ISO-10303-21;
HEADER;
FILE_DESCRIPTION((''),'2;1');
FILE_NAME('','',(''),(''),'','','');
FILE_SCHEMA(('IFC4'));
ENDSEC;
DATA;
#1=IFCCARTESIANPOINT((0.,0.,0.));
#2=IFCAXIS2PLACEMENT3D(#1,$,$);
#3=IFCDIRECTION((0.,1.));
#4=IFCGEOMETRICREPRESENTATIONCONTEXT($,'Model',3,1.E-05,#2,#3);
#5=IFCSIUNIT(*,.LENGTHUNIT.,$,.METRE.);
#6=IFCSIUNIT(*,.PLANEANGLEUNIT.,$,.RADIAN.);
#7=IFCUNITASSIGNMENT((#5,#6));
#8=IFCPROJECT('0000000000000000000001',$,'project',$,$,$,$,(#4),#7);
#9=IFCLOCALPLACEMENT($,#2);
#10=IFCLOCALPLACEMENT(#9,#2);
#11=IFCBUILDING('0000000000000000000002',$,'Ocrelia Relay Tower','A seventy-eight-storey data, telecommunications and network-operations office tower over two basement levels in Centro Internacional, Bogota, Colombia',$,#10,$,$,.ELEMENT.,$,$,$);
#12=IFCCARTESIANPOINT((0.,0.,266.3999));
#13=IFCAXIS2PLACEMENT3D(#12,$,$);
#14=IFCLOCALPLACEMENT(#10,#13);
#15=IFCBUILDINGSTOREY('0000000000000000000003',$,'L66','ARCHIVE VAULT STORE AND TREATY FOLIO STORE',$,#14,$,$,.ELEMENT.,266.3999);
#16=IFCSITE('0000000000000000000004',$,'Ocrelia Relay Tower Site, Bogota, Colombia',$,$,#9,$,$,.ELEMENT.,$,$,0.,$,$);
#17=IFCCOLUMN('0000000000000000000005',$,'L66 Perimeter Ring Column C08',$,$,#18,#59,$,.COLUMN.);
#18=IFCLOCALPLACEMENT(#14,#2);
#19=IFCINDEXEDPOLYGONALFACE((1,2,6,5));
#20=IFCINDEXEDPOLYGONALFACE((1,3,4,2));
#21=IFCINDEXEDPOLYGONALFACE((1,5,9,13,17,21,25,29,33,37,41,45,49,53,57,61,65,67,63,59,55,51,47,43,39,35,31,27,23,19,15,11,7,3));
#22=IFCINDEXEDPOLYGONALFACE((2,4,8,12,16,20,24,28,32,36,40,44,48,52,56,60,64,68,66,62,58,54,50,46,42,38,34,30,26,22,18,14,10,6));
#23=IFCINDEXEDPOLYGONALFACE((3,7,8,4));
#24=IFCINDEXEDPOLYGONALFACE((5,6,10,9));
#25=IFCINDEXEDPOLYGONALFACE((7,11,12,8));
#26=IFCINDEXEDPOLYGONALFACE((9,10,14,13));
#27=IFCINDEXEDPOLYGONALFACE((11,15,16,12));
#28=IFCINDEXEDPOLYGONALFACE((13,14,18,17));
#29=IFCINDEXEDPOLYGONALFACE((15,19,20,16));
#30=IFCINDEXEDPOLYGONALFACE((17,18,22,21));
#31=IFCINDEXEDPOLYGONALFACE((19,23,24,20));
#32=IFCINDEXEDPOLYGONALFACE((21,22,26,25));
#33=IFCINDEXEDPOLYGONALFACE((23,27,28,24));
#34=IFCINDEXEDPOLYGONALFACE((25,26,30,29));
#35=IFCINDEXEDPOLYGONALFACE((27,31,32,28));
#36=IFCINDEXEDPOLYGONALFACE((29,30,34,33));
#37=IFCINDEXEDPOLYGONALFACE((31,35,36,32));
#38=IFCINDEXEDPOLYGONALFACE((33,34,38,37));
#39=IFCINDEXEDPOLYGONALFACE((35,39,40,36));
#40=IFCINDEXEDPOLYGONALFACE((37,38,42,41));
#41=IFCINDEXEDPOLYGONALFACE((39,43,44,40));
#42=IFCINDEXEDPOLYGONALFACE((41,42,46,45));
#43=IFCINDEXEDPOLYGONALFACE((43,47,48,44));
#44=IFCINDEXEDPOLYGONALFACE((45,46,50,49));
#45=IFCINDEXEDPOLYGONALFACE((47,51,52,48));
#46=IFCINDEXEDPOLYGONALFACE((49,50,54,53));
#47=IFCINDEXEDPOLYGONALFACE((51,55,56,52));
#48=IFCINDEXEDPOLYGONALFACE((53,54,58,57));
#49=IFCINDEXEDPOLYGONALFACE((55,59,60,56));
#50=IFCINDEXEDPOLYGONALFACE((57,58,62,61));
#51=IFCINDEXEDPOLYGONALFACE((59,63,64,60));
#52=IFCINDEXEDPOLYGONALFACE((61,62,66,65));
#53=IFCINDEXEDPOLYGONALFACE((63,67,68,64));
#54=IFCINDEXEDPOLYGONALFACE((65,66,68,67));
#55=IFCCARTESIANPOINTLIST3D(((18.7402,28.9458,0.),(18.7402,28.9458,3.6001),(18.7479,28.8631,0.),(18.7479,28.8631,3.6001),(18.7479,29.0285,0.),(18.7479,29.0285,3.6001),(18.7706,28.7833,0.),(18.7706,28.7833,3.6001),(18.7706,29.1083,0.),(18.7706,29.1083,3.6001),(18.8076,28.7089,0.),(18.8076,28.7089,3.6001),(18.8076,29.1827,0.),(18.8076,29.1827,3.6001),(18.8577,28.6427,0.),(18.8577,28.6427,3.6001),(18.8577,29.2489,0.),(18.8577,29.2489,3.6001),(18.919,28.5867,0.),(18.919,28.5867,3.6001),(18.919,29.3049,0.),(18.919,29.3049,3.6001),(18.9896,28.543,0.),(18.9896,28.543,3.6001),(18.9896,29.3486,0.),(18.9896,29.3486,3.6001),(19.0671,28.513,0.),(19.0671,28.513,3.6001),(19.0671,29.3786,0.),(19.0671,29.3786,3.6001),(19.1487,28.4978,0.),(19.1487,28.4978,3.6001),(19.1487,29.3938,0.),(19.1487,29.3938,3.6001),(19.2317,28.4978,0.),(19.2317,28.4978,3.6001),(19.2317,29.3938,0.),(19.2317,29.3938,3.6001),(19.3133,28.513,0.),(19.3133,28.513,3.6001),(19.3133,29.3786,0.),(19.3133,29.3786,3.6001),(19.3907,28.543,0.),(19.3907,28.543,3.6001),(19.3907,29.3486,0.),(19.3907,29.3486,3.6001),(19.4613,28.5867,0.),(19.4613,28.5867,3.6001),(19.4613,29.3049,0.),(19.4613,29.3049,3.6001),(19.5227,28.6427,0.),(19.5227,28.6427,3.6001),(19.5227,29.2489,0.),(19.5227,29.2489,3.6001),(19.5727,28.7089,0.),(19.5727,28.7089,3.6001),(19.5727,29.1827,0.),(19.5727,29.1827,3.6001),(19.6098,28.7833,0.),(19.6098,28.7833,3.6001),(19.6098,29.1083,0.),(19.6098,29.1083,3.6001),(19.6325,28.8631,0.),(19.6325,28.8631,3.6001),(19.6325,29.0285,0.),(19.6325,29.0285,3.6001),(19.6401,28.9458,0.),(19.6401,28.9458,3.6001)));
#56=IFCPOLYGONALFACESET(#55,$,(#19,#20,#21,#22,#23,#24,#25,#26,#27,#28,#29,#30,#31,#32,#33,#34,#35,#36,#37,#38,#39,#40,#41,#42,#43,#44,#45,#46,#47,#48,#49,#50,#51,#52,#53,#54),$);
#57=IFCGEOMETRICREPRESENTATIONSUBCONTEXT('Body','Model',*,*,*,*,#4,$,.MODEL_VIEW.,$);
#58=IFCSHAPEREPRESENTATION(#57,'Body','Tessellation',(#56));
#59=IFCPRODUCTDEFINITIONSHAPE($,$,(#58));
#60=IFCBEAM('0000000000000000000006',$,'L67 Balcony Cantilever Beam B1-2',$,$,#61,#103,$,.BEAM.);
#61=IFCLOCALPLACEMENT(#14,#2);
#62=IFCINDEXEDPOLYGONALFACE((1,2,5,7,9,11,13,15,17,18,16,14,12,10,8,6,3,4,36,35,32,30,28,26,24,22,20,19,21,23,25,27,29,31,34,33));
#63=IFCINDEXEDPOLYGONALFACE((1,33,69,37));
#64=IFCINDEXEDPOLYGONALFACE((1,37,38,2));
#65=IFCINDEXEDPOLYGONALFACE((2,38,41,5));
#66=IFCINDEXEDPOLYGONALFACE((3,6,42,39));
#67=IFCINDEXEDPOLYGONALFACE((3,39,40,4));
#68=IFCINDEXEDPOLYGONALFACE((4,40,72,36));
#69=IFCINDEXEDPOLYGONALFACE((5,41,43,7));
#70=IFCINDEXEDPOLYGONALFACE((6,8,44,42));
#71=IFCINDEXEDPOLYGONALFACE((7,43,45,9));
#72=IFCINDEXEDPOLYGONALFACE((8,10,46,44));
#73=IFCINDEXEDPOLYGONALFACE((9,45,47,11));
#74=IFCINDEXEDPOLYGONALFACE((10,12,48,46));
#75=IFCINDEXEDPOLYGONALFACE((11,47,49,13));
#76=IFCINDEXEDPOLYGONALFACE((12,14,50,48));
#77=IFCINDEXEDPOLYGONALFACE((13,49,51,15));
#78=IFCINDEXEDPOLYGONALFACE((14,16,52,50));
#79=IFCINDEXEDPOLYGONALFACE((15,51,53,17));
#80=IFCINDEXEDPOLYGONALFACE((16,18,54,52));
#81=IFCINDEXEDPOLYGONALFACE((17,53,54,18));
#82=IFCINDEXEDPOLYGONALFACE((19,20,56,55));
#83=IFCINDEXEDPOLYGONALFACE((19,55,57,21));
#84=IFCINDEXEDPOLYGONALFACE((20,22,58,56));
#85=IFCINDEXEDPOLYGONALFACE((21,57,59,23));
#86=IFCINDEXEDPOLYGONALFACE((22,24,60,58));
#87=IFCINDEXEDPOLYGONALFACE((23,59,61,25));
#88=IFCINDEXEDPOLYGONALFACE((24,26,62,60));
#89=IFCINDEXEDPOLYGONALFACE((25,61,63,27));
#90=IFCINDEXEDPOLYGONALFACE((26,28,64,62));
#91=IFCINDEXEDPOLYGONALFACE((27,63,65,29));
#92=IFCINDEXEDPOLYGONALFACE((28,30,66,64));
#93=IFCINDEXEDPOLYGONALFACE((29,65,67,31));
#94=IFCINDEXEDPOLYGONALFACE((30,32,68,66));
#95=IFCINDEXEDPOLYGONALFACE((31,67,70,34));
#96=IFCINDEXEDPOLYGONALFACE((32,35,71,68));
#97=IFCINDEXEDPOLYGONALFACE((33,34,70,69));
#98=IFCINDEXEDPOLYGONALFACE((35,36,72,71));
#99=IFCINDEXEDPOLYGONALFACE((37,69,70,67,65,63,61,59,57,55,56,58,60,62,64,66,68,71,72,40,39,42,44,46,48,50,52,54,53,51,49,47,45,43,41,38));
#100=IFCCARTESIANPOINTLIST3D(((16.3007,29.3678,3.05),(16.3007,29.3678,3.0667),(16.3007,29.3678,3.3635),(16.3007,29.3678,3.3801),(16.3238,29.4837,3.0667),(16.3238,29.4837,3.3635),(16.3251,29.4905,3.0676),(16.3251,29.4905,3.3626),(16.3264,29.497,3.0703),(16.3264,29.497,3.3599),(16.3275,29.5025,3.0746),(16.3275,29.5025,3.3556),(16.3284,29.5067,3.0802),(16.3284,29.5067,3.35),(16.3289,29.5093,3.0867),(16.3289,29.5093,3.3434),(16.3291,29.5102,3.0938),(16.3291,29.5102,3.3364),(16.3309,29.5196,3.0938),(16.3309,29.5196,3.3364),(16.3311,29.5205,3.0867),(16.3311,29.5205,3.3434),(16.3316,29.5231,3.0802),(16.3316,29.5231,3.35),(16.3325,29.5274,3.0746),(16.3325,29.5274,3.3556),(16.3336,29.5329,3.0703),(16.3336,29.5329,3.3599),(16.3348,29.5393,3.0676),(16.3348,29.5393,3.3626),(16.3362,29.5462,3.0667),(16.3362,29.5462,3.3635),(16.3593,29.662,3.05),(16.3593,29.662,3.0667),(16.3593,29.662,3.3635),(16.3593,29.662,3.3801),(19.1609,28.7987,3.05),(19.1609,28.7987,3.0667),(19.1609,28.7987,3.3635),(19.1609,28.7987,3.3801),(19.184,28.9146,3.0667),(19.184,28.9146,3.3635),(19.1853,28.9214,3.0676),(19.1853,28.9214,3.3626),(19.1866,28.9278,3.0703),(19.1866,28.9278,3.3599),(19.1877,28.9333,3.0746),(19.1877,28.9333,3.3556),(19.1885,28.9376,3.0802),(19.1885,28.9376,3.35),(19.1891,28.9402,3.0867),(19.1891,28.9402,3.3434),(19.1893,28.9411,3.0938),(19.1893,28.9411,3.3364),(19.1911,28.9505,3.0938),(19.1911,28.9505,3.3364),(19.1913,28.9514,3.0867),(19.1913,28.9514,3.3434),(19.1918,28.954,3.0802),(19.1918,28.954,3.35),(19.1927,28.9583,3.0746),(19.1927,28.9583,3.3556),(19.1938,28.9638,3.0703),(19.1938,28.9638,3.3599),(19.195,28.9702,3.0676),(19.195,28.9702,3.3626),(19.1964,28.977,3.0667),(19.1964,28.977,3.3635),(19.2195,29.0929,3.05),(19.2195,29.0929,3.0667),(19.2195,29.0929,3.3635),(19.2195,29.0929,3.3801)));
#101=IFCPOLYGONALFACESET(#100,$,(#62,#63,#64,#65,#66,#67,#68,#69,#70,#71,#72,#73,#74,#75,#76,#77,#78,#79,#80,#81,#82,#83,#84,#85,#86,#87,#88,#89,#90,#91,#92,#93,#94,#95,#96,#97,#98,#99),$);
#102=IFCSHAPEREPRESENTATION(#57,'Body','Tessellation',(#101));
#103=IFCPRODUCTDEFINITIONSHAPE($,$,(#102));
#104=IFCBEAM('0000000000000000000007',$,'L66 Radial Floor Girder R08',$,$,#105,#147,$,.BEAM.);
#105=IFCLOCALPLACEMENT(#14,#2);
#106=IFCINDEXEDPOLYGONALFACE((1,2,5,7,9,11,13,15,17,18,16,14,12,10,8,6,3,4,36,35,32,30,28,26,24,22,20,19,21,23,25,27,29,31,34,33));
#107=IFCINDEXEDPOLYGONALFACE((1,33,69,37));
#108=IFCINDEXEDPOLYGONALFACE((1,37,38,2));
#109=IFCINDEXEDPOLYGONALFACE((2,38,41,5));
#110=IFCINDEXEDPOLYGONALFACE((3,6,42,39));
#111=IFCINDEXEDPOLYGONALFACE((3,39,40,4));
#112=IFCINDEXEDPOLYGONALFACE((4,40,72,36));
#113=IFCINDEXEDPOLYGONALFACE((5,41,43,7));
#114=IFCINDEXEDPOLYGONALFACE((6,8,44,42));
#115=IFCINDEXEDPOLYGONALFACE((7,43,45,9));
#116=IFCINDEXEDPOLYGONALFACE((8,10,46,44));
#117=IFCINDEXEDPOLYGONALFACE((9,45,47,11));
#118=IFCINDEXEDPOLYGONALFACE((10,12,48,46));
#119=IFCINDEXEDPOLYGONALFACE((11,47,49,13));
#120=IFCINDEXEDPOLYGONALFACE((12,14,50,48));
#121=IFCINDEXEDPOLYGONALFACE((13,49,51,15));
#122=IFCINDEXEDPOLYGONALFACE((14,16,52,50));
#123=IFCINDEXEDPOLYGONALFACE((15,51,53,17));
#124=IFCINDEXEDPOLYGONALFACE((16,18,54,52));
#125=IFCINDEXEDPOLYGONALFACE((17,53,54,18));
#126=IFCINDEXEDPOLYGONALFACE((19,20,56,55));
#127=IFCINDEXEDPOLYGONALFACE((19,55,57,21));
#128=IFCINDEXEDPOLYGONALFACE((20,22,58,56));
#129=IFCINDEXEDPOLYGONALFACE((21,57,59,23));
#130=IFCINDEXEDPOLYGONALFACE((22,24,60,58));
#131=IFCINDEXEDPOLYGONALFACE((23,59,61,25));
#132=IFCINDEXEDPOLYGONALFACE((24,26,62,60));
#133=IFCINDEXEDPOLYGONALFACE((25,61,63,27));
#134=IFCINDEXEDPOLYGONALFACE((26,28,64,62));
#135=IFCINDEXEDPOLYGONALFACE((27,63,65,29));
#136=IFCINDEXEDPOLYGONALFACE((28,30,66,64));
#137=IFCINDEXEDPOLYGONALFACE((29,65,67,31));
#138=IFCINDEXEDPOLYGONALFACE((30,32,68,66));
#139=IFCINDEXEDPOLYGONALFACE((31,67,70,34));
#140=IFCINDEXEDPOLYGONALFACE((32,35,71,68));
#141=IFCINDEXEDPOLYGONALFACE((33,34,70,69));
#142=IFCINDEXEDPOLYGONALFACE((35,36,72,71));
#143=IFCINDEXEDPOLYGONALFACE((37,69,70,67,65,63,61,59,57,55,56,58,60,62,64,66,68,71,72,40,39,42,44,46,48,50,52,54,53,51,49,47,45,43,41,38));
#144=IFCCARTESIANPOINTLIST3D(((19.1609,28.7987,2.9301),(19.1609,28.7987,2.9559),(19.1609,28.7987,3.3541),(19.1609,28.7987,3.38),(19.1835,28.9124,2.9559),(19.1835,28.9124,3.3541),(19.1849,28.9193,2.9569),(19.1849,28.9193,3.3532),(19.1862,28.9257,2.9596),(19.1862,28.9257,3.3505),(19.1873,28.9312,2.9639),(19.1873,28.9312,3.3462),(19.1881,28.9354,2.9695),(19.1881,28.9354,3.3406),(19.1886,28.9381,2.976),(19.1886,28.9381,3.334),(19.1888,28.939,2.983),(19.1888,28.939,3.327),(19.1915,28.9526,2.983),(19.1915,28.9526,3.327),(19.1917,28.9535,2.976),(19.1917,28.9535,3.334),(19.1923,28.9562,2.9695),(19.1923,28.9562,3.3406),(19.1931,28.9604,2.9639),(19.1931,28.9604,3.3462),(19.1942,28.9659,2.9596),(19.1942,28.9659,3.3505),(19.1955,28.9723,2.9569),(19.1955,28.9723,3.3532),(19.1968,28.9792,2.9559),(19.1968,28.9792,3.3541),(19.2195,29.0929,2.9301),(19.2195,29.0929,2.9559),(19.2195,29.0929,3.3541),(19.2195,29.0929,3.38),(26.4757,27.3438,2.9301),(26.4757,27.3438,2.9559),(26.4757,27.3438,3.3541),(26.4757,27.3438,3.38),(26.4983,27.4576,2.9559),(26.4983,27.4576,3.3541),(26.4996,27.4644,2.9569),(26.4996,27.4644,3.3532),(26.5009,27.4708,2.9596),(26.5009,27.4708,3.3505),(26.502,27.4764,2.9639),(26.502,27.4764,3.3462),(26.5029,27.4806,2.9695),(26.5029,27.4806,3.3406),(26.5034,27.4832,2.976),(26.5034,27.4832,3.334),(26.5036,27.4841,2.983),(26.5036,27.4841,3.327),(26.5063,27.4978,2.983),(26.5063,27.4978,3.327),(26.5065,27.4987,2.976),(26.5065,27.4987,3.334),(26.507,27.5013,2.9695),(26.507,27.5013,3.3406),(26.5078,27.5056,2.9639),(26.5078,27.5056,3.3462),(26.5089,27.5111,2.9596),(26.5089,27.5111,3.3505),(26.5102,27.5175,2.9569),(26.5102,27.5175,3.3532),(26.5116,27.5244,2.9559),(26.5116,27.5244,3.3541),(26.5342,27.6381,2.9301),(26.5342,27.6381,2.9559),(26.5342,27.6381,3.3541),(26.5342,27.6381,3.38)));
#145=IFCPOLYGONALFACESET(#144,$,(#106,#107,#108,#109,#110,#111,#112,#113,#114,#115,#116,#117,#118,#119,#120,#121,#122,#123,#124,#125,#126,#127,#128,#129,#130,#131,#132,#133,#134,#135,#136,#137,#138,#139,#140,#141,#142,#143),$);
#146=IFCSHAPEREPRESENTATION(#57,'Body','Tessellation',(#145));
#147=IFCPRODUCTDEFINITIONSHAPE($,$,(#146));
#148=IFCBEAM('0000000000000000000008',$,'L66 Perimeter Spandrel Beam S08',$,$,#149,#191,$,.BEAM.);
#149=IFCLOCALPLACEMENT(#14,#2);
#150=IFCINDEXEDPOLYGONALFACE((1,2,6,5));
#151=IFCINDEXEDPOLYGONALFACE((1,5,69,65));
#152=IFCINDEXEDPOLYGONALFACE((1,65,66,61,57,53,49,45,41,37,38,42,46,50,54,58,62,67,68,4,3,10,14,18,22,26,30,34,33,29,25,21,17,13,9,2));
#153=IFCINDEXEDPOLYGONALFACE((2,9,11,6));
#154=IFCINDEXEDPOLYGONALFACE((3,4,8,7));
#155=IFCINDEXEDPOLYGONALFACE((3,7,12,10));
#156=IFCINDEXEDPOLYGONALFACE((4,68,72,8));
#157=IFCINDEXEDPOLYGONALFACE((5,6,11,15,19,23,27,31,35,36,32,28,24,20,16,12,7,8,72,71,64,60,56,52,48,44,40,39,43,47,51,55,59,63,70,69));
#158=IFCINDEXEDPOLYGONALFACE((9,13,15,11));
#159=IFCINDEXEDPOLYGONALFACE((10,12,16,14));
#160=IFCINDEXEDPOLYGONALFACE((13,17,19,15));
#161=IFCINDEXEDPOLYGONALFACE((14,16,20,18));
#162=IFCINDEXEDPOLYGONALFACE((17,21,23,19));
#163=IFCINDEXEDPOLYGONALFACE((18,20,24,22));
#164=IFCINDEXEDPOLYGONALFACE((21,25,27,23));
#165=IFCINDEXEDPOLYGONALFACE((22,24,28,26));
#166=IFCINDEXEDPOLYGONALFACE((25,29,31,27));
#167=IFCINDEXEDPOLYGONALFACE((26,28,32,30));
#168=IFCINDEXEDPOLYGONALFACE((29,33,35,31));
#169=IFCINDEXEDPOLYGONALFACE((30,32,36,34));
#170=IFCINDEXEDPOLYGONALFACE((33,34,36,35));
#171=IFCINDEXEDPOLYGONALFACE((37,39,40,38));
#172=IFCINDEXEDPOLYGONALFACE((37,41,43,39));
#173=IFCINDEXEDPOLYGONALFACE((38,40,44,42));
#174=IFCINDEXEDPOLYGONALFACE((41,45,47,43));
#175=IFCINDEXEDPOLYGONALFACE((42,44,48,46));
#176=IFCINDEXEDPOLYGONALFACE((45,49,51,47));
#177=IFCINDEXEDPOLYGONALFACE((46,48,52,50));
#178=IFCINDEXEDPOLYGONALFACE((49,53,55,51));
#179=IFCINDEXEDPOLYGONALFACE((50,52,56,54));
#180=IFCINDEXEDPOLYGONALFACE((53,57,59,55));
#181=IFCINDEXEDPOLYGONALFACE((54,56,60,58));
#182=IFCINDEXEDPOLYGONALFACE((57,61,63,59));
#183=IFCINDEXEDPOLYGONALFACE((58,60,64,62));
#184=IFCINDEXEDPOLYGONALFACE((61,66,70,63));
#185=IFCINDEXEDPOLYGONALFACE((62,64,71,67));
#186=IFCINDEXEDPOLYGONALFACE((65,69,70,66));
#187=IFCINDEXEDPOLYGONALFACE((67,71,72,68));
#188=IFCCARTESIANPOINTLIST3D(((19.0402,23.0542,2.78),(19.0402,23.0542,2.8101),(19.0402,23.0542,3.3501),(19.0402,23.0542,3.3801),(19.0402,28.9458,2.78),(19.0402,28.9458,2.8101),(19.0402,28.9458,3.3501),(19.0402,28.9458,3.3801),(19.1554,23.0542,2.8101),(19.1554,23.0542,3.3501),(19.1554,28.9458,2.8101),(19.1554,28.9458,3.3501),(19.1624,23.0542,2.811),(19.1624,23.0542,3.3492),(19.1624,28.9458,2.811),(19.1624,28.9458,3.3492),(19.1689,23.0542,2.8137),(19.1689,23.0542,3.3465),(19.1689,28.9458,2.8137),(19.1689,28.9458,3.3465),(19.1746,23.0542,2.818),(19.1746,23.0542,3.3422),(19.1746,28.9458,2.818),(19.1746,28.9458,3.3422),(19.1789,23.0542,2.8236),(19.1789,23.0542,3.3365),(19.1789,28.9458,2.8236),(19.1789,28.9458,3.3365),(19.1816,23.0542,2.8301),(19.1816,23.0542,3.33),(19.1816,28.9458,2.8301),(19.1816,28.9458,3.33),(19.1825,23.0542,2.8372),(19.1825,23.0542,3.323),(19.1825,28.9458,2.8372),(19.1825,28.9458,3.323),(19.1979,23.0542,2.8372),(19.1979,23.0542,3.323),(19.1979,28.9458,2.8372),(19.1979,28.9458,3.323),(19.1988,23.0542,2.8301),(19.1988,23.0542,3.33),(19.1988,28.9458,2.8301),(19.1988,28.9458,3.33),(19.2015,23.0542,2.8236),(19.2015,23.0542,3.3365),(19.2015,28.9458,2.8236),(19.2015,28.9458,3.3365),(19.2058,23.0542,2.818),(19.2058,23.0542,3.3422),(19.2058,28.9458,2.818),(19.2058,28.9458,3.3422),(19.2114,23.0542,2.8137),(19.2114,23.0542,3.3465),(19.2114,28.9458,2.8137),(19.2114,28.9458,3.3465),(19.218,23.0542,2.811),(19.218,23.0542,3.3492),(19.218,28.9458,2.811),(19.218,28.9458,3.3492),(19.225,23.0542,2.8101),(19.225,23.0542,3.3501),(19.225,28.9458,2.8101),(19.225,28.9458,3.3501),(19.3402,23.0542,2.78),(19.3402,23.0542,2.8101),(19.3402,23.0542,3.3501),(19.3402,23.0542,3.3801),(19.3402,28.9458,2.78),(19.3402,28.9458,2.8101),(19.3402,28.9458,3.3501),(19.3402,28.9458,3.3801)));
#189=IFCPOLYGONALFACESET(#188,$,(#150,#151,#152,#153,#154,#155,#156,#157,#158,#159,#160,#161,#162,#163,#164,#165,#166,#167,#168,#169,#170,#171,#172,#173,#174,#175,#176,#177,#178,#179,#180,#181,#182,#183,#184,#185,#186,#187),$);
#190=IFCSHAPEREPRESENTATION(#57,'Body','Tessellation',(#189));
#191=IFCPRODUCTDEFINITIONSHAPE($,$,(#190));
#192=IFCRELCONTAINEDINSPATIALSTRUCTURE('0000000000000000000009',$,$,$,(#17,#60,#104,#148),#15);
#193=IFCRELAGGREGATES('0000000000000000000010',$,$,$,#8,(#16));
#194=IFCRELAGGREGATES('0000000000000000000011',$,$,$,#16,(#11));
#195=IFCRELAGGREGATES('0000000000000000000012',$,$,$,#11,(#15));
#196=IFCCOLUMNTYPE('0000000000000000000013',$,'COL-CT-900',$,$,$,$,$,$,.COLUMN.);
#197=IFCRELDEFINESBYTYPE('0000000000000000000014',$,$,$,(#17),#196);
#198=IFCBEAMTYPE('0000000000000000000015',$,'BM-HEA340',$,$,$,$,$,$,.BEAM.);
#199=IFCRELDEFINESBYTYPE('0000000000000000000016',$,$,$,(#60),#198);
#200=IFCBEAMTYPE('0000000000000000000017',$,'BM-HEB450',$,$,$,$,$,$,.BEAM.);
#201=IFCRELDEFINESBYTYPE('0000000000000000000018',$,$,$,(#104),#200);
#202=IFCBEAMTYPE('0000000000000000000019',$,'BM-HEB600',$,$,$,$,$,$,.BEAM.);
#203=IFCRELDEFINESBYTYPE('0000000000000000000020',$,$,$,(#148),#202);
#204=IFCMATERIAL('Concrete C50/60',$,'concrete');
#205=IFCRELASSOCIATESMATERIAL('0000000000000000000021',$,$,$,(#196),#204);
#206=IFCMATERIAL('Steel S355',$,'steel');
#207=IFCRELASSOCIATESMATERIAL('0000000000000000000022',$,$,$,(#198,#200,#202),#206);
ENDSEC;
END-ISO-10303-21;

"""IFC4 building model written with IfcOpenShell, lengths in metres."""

from ifc_helpers import new_model, si_unit, direction, frame, origin, origin_2d, place, context, subcontext, project, spatial, circle, i_section, extrude, material, material_profile, profile_set, type_object, element, save


model = new_model("IFC4")

# Units and contexts
model_context = context("Model", 3, precision=1e-05, world=origin(), true_north=direction((0.0, 1.0)))
body_context = subcontext(model_context, "Body", "Model", "MODEL_VIEW")
ifc_project = project(units=[si_unit("LENGTHUNIT", "METRE"), si_unit("PLANEANGLEUNIT", "RADIAN")], contexts=[model_context])

# Site, building, storey
site_placement = place(None, origin())
site = spatial("IfcSite", under=ifc_project, at=site_placement, Name="Ocrelia Relay Tower Site, Bogota, Colombia", CompositionType="ELEMENT", RefElevation=0.0)
building_placement = place(site_placement, origin())
building = spatial("IfcBuilding", under=site, at=building_placement, Name="Ocrelia Relay Tower", Description="A seventy-eight-storey data, telecommunications and network-operations office tower over two basement levels in Centro Internacional, Bogota, Colombia", CompositionType="ELEMENT")
storey_placement = place(building_placement, frame((0.0, 0.0, 266.3999)))
storey = spatial("IfcBuildingStorey", under=building, at=storey_placement, Name="L66", Description="ARCHIVE VAULT STORE AND TREATY FOLIO STORE", CompositionType="ELEMENT", Elevation=266.3999)

# Column
ifc_material_1 = material(Name="Concrete C50/60", Category="concrete")
ifc_material_profile_1 = material_profile(ifc_material_1, circle(Radius=0.45, at=origin_2d()), Name="RC-CIR-900")
ifc_profile_set_1 = profile_set([ifc_material_profile_1], Name="Concrete C50/60")
column_type = type_object("IfcColumnType", Name="COL-CT-900", PredefinedType="COLUMN", material=ifc_profile_set_1)
column_placement = place(storey_placement, frame((19.1902, 28.9458, 0.0), z_axis=(0.0, 0.0, 1.0), x_axis=(1.0, 0.0, 0.0)))
element("IfcColumn", 1, at=column_placement, inside=storey, type_object=column_type, Name="L66 Perimeter Ring Column C08", PredefinedType="COLUMN", context=body_context, shape_type="SweptSolid", body=[
    extrude(circle(Radius=0.45, at=origin_2d()), origin(), (0.0, 0.0, 1.0), 3.6001),
])

# Beams
ifc_material_2 = material(Name="Steel S355", Category="steel")
ifc_material_profile_2 = material_profile(ifc_material_2, i_section(OverallWidth=0.3, OverallDepth=0.3301, WebThickness=0.0095, FlangeThickness=0.0166, FilletRadius=0.0271, at=origin_2d()), Name="HEA 340")
ifc_profile_set_2 = profile_set([ifc_material_profile_2], Name="Steel S355")
beam_type_1 = type_object("IfcBeamType", Name="BM-HEA340", PredefinedType="BEAM", material=ifc_profile_set_2)
beam_1_placement = place(storey_placement, frame((19.1902, 28.9458, 3.2151), z_axis=(-0.980773, 0.19515, 0.0), x_axis=(-0.19515, -0.980773, 0.0)))
element("IfcBeam", 2, at=beam_1_placement, inside=storey, type_object=beam_type_1, Name="L67 Balcony Cantilever Beam B1-2", PredefinedType="BEAM", context=body_context, shape_type="SweptSolid", body=[
    extrude(i_section(OverallWidth=0.3, OverallDepth=0.3301, WebThickness=0.0095, FlangeThickness=0.0166, FilletRadius=0.0271, at=origin_2d()), origin(), (0.0, 0.0, 1.0), 2.9163),
])
ifc_material_profile_3 = material_profile(ifc_material_2, i_section(OverallWidth=0.3, OverallDepth=0.45, WebThickness=0.0139, FlangeThickness=0.0259, FilletRadius=0.0271, at=origin_2d()), Name="HEB 450")
ifc_profile_set_3 = profile_set([ifc_material_profile_3], Name="Steel S355")
beam_type_2 = type_object("IfcBeamType", Name="BM-HEB450", PredefinedType="BEAM", material=ifc_profile_set_3)
beam_2_placement = place(storey_placement, frame((19.1902, 28.9458, 3.155), z_axis=(0.980789, -0.195071, 0.0), x_axis=(0.195071, 0.980789, 0.0)))
element("IfcBeam", 3, at=beam_2_placement, inside=storey, type_object=beam_type_2, Name="L66 Radial Floor Girder R08", PredefinedType="BEAM", context=body_context, shape_type="SweptSolid", body=[
    extrude(i_section(OverallWidth=0.3, OverallDepth=0.45, WebThickness=0.0139, FlangeThickness=0.0259, FilletRadius=0.0271, at=origin_2d()), origin(), (0.0, 0.0, 1.0), 7.458),
])
ifc_material_profile_4 = material_profile(ifc_material_2, i_section(OverallWidth=0.3, OverallDepth=0.6001, WebThickness=0.0154, FlangeThickness=0.03, FilletRadius=0.0271, at=origin_2d()), Name="HEB 600")
ifc_profile_set_4 = profile_set([ifc_material_profile_4], Name="Steel S355")
beam_type_3 = type_object("IfcBeamType", Name="BM-HEB600", PredefinedType="BEAM", material=ifc_profile_set_4)
beam_3_placement = place(storey_placement, frame((19.1902, 28.9458, 3.0801), z_axis=(0.0, -1.0, 0.0), x_axis=(1.0, 0.0, 0.0)))
element("IfcBeam", 4, at=beam_3_placement, inside=storey, type_object=beam_type_3, Name="L66 Perimeter Spandrel Beam S08", PredefinedType="BEAM", context=body_context, shape_type="SweptSolid", body=[
    extrude(i_section(OverallWidth=0.3, OverallDepth=0.6001, WebThickness=0.0154, FlangeThickness=0.03, FilletRadius=0.0271, at=origin_2d()), origin(), (0.0, 0.0, 1.0), 5.8916),
])

save(model, "model.ifc")
